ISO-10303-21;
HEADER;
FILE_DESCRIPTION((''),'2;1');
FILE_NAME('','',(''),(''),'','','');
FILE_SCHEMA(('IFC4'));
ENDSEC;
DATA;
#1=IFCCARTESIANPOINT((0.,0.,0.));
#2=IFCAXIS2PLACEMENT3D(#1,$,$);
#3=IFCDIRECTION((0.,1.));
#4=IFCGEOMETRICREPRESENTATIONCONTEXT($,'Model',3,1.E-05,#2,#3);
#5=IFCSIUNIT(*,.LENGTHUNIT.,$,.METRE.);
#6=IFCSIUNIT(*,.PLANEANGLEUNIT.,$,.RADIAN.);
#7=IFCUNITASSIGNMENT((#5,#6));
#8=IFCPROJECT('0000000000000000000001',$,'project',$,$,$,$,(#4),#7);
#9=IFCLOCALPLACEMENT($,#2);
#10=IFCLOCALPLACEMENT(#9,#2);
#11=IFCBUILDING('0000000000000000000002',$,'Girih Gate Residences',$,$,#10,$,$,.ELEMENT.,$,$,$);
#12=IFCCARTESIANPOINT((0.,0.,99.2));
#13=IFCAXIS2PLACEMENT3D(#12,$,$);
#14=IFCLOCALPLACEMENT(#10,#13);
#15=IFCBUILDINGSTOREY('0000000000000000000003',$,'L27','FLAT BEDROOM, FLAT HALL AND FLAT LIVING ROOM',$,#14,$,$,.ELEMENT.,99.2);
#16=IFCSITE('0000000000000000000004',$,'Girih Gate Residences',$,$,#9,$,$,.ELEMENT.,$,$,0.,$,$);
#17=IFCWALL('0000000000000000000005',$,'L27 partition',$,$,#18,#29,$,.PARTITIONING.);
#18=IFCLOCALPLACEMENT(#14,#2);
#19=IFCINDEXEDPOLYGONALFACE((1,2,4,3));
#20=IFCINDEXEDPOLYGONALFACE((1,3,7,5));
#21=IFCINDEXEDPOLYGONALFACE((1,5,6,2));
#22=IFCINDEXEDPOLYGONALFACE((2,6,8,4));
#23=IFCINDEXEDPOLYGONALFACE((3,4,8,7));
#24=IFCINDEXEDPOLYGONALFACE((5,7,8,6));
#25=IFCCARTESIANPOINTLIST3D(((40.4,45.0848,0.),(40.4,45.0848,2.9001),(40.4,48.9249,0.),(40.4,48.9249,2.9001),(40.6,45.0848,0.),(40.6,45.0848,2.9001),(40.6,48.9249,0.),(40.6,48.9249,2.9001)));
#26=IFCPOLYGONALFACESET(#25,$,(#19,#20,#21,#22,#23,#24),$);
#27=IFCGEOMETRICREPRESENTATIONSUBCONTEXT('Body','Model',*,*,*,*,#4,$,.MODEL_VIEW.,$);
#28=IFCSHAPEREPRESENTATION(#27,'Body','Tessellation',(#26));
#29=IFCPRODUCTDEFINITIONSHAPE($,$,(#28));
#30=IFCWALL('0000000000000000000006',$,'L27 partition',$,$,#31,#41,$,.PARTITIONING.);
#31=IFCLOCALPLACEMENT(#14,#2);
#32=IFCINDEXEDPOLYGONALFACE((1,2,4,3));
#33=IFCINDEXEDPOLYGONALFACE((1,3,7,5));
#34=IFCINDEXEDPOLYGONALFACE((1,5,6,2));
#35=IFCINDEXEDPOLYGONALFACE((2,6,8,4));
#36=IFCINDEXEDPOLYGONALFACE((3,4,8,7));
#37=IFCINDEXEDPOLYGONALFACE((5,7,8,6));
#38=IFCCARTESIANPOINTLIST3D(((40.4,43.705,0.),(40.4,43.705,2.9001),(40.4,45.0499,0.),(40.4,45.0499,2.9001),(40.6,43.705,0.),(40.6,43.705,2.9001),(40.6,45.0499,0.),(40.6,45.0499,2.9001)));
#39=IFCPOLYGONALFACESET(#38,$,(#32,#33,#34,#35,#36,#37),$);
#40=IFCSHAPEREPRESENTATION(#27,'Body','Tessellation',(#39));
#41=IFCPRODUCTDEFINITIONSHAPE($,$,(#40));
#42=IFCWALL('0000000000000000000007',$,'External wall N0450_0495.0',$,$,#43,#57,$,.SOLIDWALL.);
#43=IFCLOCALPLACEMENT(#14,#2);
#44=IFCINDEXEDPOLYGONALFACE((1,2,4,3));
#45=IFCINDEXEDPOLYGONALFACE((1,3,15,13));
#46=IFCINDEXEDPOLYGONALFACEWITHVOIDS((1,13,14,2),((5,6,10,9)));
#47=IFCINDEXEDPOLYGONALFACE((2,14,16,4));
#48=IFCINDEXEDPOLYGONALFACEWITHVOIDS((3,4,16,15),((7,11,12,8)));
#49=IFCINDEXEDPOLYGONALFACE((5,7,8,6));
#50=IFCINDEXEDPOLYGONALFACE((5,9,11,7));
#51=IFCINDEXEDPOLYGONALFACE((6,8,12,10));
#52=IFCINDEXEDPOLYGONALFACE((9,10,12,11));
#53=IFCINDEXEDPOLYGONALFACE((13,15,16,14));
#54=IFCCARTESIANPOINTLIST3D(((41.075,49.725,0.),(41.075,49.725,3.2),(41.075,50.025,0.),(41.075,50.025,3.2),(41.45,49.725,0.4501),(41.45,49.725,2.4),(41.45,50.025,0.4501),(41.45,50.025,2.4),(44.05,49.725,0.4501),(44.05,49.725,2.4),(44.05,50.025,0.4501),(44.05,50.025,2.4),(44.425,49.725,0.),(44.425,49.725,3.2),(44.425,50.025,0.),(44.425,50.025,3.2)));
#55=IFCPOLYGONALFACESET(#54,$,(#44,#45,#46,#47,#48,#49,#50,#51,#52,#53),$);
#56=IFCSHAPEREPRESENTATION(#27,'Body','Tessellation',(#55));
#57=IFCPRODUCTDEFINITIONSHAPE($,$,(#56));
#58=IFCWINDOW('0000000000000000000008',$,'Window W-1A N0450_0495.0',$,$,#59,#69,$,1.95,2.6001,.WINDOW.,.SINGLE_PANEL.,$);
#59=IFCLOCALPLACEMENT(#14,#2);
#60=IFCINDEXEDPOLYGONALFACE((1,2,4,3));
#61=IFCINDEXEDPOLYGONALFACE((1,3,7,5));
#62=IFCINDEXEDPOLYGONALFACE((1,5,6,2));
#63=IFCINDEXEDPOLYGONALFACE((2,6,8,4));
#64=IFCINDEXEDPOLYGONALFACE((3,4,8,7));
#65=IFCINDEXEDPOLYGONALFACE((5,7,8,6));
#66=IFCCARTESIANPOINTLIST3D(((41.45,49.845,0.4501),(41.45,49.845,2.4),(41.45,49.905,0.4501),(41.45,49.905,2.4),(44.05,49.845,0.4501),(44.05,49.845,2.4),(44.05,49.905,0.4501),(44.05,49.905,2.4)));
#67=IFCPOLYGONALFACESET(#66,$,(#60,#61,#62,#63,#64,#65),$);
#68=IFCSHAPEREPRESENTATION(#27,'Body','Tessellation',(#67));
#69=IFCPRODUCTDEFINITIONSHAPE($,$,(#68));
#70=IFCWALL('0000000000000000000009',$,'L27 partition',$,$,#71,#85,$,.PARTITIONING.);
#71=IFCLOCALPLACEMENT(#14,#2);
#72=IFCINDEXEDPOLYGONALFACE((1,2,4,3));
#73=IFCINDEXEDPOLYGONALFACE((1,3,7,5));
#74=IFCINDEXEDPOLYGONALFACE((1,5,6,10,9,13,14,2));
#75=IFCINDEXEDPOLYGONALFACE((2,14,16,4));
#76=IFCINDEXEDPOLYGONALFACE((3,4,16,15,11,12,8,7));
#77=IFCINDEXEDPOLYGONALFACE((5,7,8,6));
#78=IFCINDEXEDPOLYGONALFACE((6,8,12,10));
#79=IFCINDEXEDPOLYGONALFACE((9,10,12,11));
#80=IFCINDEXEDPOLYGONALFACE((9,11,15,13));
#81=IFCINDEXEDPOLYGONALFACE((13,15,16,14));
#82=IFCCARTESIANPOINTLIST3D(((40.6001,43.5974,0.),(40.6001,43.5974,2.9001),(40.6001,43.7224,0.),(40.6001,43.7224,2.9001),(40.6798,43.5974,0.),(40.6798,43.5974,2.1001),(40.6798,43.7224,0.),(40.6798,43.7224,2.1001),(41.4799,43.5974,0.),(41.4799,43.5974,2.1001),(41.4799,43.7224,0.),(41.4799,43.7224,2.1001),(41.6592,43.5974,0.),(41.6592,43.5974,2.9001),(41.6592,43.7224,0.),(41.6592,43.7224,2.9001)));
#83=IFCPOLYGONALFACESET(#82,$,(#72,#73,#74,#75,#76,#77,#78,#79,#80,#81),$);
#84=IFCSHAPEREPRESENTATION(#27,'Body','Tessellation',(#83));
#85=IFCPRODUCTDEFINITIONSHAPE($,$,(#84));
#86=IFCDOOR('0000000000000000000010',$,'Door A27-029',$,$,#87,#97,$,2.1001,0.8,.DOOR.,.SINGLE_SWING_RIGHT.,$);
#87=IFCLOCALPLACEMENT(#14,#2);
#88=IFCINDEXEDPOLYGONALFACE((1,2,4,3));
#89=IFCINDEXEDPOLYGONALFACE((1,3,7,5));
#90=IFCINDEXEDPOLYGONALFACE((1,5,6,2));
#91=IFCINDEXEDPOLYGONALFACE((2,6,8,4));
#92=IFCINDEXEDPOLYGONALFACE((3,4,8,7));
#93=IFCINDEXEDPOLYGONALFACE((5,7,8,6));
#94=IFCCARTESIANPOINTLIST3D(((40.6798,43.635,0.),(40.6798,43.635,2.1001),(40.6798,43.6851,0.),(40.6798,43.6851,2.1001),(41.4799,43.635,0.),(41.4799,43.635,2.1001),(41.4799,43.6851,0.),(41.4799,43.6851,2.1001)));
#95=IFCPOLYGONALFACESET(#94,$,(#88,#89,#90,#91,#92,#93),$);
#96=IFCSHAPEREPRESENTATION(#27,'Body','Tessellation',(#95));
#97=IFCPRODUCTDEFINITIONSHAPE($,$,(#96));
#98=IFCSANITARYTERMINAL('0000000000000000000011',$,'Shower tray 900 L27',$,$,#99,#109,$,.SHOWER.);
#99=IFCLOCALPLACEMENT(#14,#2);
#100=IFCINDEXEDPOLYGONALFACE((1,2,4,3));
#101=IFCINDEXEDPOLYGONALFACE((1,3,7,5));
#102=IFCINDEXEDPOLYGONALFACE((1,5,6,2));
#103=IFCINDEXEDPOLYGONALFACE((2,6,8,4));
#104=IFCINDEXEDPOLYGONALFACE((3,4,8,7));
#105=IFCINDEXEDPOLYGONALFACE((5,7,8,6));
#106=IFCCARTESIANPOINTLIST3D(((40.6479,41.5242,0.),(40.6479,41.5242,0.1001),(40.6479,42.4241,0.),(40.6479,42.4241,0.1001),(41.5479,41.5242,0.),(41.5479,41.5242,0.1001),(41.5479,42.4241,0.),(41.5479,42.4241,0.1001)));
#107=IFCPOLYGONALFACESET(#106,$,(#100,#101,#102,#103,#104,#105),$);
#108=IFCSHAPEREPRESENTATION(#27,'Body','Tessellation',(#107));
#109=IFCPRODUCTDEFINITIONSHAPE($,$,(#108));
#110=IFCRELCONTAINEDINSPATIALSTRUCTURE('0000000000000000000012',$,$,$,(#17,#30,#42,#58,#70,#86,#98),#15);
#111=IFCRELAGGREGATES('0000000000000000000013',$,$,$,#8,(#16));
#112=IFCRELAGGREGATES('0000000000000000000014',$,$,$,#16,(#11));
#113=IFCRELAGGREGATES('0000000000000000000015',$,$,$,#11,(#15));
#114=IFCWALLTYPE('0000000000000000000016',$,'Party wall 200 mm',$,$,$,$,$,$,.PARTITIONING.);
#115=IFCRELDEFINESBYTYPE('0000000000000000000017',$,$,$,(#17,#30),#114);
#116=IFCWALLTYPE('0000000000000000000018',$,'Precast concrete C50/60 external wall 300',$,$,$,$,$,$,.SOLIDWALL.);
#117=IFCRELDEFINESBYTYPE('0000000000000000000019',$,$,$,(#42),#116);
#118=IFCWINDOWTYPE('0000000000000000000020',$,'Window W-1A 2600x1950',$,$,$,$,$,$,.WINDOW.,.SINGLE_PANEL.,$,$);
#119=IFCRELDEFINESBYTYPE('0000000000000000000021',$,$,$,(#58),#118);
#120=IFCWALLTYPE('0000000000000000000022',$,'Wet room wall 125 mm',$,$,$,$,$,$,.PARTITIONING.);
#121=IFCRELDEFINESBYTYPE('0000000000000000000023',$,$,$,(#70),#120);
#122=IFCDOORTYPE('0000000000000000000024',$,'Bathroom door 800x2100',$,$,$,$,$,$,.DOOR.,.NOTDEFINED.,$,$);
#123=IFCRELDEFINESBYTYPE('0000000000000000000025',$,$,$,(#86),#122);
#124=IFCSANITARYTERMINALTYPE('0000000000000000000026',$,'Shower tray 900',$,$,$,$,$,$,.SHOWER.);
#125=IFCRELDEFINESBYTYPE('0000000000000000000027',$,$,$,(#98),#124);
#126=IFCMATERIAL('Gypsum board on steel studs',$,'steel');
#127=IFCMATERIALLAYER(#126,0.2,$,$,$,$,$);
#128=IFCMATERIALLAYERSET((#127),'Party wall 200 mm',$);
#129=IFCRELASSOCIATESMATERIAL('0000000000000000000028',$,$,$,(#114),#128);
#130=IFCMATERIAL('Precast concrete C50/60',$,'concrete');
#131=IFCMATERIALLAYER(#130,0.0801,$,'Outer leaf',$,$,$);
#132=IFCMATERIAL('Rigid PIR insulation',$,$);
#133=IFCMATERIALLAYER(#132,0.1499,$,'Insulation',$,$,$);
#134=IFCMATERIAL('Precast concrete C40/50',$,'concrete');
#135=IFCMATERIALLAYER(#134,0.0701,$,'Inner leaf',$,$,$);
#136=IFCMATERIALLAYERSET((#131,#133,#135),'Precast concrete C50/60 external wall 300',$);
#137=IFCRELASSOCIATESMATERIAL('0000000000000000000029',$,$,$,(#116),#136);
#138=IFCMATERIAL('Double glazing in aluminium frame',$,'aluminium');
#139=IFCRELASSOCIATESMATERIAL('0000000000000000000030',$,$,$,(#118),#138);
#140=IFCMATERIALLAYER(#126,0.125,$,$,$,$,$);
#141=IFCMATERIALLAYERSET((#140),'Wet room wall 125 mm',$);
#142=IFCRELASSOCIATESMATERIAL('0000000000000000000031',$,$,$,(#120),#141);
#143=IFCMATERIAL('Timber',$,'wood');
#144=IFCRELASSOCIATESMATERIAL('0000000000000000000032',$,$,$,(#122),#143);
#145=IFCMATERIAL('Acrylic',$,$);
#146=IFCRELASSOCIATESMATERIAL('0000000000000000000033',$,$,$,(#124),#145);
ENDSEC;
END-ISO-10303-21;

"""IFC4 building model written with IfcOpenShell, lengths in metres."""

from ifc_helpers import new_model, si_unit, direction, frame, frame_2d, origin, origin_2d, place, context, subcontext, project, spatial, rectangle, extrude, material, layer, layer_set, type_object, element, fill, save


model = new_model("IFC4")

# Units and contexts
model_context = context("Model", 3, precision=1e-05, world=origin(), true_north=direction((0.0, 1.0)))
body_context = subcontext(model_context, "Body", "Model", "MODEL_VIEW")
ifc_project = project(units=[si_unit("LENGTHUNIT", "METRE"), si_unit("PLANEANGLEUNIT", "RADIAN")], contexts=[model_context])

# Site, building, storey
site_placement = place(None, origin())
site = spatial("IfcSite", under=ifc_project, at=site_placement, Name="Girih Gate Residences", CompositionType="ELEMENT", RefElevation=0.0)
building_placement = place(site_placement, origin())
building = spatial("IfcBuilding", under=site, at=building_placement, Name="Girih Gate Residences", CompositionType="ELEMENT")
storey_placement = place(building_placement, frame((0.0, 0.0, 99.2)))
storey = spatial("IfcBuildingStorey", under=building, at=storey_placement, Name="L27", Description="FLAT BEDROOM, FLAT HALL AND FLAT LIVING ROOM", CompositionType="ELEMENT", Elevation=99.2)

# Shared definitions
ifc_material_1 = material(Name="Gypsum board on steel studs", Category="steel")
ifc_material_2 = material(Name="Timber", Category="wood")

# Walls
ifc_layer_1 = layer(ifc_material_1, 0.2)
ifc_layer_set_1 = layer_set([ifc_layer_1], Name="Party wall 200 mm")
wall_type_1 = type_object("IfcWallType", Name="Party wall 200 mm", PredefinedType="PARTITIONING", material=ifc_layer_set_1)
wall_1_placement = place(storey_placement, frame((40.5, 45.085, 0.0), z_axis=(0.0, 0.0, 1.0), x_axis=(0.0, 1.0, 0.0)))
element("IfcWall", 1, at=wall_1_placement, inside=storey, type_object=wall_type_1, Name="L27 partition", PredefinedType="PARTITIONING", context=body_context, shape_type="SweptSolid", body=[
    extrude(rectangle(XDim=3.8401, YDim=0.2, at=frame_2d((1.9199, 0.0))), origin(), (0.0, 0.0, 1.0), 2.9001),
])
wall_2_placement = place(storey_placement, frame((40.5, 43.7051, 0.0), z_axis=(0.0, 0.0, 1.0), x_axis=(0.0, 1.0, 0.0)))
element("IfcWall", 2, at=wall_2_placement, inside=storey, type_object=wall_type_1, Name="L27 partition", PredefinedType="PARTITIONING", context=body_context, shape_type="SweptSolid", body=[
    extrude(rectangle(XDim=1.345, YDim=0.2, at=frame_2d((0.6724, 0.0))), origin(), (0.0, 0.0, 1.0), 2.9001),
])

# Wall, opening, window
ifc_material_3 = material(Name="Precast concrete C50/60", Category="concrete")
ifc_layer_2 = layer(ifc_material_3, 0.0801, Name="Outer leaf")
ifc_material_4 = material(Name="Rigid PIR insulation")
ifc_layer_3 = layer(ifc_material_4, 0.1499, Name="Insulation")
ifc_material_5 = material(Name="Precast concrete C40/50", Category="concrete")
ifc_layer_4 = layer(ifc_material_5, 0.0701, Name="Inner leaf")
ifc_layer_set_2 = layer_set([ifc_layer_2, ifc_layer_3, ifc_layer_4], Name="Precast concrete C50/60 external wall 300")
wall_type_2 = type_object("IfcWallType", Name="Precast concrete C50/60 external wall 300", PredefinedType="SOLIDWALL", material=ifc_layer_set_2)
wall_3_placement = place(storey_placement, frame((41.075, 49.875, 0.0), z_axis=(0.0, 0.0, 1.0), x_axis=(1.0, 0.0, 0.0)))
wall_3 = element("IfcWall", 3, at=wall_3_placement, inside=storey, type_object=wall_type_2, Name="External wall N0450_0495.0", PredefinedType="SOLIDWALL", context=body_context, shape_type="SweptSolid", body=[
    extrude(rectangle(XDim=3.3501, YDim=0.3, at=frame_2d((1.675, 0.0))), origin(), (0.0, 0.0, 1.0), 3.2),
])
opening_1_placement = place(wall_3_placement, frame((0.375, 0.0, 0.45)))
opening_1 = element("IfcOpeningElement", 4, at=opening_1_placement, cuts=wall_3, PredefinedType="OPENING", context=body_context, shape_type="SweptSolid", body=[
    extrude(rectangle(XDim=2.6001, YDim=1.95, at=frame_2d((1.3, 0.9751))), frame((0.0, 0.1599, 0.0), z_axis=(0.0, -1.0, 0.0), x_axis=(1.0, 0.0, 0.0)), (0.0, 0.0, 1.0), 0.3201),
])
ifc_material_6 = material(Name="Double glazing in aluminium frame", Category="aluminium")
window_type = type_object("IfcWindowType", Name="Window W-1A 2600x1950", PartitioningType="SINGLE_PANEL", PredefinedType="WINDOW", material=ifc_material_6)
window_placement = place(opening_1_placement, origin())
window = element("IfcWindow", 5, at=window_placement, inside=storey, type_object=window_type, Name="Window W-1A N0450_0495.0", OverallHeight=1.95, OverallWidth=2.6001, PartitioningType="SINGLE_PANEL", PredefinedType="WINDOW", context=body_context, shape_type="SweptSolid", body=[
    extrude(rectangle(XDim=2.6001, YDim=1.95, at=frame_2d((1.3, 0.9751))), frame((0.0, 0.03, 0.0), z_axis=(0.0, -1.0, 0.0), x_axis=(1.0, 0.0, 0.0)), (0.0, 0.0, 1.0), 0.0601),
])
fill(opening_1, window)

# Wall, opening, door
ifc_layer_5 = layer(ifc_material_1, 0.125)
ifc_layer_set_3 = layer_set([ifc_layer_5], Name="Wet room wall 125 mm")
wall_type_3 = type_object("IfcWallType", Name="Wet room wall 125 mm", PredefinedType="PARTITIONING", material=ifc_layer_set_3)
wall_4_placement = place(storey_placement, frame((41.6592, 43.6599, 0.0), z_axis=(0.0, 0.0, 1.0), x_axis=(-1.0, 0.0, 0.0)))
wall_4 = element("IfcWall", 6, at=wall_4_placement, inside=storey, type_object=wall_type_3, Name="L27 partition", PredefinedType="PARTITIONING", context=body_context, shape_type="SweptSolid", body=[
    extrude(rectangle(XDim=1.0591, YDim=0.125, at=frame_2d((0.5295, 0.0))), origin(), (0.0, 0.0, 1.0), 2.9001),
])
opening_2_placement = place(wall_4_placement, frame((0.1794, 0.0, 0.0)))
opening_2 = element("IfcOpeningElement", 7, at=opening_2_placement, cuts=wall_4, PredefinedType="OPENING", context=body_context, shape_type="SweptSolid", body=[
    extrude(rectangle(XDim=0.8, YDim=2.1001, at=frame_2d((0.3999, 1.05))), frame((0.0, 0.0725, 0.0), z_axis=(0.0, -1.0, 0.0), x_axis=(1.0, 0.0, 0.0)), (0.0, 0.0, 1.0), 0.145),
])
door_type_1 = type_object("IfcDoorType", Name="Bathroom door 800x2100", OperationType="NOTDEFINED", PredefinedType="DOOR", material=ifc_material_2)
door_1_placement = place(opening_2_placement, origin())
door_1 = element("IfcDoor", 8, at=door_1_placement, inside=storey, type_object=door_type_1, Name="Door A27-029", OperationType="SINGLE_SWING_RIGHT", OverallHeight=2.1001, OverallWidth=0.8, PredefinedType="DOOR", context=body_context, shape_type="SweptSolid", body=[
    extrude(rectangle(XDim=0.8, YDim=2.1001, at=frame_2d((0.3999, 1.05))), frame((0.0, 0.0249, 0.0), z_axis=(0.0, -1.0, 0.0), x_axis=(1.0, 0.0, 0.0)), (0.0, 0.0, 1.0), 0.05),
])
fill(opening_2, door_1)

# Sanitary terminal
ifc_material_7 = material(Name="Acrylic")
sanitary_terminal_type = type_object("IfcSanitaryTerminalType", Name="Shower tray 900", PredefinedType="SHOWER", material=ifc_material_7)
sanitary_terminal_placement = place(storey_placement, frame((41.0979, 41.9741, 0.0), z_axis=(0.0, 0.0, 1.0), x_axis=(1.0, 0.0, 0.0)))
element("IfcSanitaryTerminal", 9, at=sanitary_terminal_placement, inside=storey, type_object=sanitary_terminal_type, Name="Shower tray 900 L27", PredefinedType="SHOWER", context=body_context, shape_type="SweptSolid", body=[
    extrude(rectangle(XDim=0.8999, YDim=0.8999, at=origin_2d()), origin(), (0.0, 0.0, 1.0), 0.1001),
])

save(model, "model.ifc")
